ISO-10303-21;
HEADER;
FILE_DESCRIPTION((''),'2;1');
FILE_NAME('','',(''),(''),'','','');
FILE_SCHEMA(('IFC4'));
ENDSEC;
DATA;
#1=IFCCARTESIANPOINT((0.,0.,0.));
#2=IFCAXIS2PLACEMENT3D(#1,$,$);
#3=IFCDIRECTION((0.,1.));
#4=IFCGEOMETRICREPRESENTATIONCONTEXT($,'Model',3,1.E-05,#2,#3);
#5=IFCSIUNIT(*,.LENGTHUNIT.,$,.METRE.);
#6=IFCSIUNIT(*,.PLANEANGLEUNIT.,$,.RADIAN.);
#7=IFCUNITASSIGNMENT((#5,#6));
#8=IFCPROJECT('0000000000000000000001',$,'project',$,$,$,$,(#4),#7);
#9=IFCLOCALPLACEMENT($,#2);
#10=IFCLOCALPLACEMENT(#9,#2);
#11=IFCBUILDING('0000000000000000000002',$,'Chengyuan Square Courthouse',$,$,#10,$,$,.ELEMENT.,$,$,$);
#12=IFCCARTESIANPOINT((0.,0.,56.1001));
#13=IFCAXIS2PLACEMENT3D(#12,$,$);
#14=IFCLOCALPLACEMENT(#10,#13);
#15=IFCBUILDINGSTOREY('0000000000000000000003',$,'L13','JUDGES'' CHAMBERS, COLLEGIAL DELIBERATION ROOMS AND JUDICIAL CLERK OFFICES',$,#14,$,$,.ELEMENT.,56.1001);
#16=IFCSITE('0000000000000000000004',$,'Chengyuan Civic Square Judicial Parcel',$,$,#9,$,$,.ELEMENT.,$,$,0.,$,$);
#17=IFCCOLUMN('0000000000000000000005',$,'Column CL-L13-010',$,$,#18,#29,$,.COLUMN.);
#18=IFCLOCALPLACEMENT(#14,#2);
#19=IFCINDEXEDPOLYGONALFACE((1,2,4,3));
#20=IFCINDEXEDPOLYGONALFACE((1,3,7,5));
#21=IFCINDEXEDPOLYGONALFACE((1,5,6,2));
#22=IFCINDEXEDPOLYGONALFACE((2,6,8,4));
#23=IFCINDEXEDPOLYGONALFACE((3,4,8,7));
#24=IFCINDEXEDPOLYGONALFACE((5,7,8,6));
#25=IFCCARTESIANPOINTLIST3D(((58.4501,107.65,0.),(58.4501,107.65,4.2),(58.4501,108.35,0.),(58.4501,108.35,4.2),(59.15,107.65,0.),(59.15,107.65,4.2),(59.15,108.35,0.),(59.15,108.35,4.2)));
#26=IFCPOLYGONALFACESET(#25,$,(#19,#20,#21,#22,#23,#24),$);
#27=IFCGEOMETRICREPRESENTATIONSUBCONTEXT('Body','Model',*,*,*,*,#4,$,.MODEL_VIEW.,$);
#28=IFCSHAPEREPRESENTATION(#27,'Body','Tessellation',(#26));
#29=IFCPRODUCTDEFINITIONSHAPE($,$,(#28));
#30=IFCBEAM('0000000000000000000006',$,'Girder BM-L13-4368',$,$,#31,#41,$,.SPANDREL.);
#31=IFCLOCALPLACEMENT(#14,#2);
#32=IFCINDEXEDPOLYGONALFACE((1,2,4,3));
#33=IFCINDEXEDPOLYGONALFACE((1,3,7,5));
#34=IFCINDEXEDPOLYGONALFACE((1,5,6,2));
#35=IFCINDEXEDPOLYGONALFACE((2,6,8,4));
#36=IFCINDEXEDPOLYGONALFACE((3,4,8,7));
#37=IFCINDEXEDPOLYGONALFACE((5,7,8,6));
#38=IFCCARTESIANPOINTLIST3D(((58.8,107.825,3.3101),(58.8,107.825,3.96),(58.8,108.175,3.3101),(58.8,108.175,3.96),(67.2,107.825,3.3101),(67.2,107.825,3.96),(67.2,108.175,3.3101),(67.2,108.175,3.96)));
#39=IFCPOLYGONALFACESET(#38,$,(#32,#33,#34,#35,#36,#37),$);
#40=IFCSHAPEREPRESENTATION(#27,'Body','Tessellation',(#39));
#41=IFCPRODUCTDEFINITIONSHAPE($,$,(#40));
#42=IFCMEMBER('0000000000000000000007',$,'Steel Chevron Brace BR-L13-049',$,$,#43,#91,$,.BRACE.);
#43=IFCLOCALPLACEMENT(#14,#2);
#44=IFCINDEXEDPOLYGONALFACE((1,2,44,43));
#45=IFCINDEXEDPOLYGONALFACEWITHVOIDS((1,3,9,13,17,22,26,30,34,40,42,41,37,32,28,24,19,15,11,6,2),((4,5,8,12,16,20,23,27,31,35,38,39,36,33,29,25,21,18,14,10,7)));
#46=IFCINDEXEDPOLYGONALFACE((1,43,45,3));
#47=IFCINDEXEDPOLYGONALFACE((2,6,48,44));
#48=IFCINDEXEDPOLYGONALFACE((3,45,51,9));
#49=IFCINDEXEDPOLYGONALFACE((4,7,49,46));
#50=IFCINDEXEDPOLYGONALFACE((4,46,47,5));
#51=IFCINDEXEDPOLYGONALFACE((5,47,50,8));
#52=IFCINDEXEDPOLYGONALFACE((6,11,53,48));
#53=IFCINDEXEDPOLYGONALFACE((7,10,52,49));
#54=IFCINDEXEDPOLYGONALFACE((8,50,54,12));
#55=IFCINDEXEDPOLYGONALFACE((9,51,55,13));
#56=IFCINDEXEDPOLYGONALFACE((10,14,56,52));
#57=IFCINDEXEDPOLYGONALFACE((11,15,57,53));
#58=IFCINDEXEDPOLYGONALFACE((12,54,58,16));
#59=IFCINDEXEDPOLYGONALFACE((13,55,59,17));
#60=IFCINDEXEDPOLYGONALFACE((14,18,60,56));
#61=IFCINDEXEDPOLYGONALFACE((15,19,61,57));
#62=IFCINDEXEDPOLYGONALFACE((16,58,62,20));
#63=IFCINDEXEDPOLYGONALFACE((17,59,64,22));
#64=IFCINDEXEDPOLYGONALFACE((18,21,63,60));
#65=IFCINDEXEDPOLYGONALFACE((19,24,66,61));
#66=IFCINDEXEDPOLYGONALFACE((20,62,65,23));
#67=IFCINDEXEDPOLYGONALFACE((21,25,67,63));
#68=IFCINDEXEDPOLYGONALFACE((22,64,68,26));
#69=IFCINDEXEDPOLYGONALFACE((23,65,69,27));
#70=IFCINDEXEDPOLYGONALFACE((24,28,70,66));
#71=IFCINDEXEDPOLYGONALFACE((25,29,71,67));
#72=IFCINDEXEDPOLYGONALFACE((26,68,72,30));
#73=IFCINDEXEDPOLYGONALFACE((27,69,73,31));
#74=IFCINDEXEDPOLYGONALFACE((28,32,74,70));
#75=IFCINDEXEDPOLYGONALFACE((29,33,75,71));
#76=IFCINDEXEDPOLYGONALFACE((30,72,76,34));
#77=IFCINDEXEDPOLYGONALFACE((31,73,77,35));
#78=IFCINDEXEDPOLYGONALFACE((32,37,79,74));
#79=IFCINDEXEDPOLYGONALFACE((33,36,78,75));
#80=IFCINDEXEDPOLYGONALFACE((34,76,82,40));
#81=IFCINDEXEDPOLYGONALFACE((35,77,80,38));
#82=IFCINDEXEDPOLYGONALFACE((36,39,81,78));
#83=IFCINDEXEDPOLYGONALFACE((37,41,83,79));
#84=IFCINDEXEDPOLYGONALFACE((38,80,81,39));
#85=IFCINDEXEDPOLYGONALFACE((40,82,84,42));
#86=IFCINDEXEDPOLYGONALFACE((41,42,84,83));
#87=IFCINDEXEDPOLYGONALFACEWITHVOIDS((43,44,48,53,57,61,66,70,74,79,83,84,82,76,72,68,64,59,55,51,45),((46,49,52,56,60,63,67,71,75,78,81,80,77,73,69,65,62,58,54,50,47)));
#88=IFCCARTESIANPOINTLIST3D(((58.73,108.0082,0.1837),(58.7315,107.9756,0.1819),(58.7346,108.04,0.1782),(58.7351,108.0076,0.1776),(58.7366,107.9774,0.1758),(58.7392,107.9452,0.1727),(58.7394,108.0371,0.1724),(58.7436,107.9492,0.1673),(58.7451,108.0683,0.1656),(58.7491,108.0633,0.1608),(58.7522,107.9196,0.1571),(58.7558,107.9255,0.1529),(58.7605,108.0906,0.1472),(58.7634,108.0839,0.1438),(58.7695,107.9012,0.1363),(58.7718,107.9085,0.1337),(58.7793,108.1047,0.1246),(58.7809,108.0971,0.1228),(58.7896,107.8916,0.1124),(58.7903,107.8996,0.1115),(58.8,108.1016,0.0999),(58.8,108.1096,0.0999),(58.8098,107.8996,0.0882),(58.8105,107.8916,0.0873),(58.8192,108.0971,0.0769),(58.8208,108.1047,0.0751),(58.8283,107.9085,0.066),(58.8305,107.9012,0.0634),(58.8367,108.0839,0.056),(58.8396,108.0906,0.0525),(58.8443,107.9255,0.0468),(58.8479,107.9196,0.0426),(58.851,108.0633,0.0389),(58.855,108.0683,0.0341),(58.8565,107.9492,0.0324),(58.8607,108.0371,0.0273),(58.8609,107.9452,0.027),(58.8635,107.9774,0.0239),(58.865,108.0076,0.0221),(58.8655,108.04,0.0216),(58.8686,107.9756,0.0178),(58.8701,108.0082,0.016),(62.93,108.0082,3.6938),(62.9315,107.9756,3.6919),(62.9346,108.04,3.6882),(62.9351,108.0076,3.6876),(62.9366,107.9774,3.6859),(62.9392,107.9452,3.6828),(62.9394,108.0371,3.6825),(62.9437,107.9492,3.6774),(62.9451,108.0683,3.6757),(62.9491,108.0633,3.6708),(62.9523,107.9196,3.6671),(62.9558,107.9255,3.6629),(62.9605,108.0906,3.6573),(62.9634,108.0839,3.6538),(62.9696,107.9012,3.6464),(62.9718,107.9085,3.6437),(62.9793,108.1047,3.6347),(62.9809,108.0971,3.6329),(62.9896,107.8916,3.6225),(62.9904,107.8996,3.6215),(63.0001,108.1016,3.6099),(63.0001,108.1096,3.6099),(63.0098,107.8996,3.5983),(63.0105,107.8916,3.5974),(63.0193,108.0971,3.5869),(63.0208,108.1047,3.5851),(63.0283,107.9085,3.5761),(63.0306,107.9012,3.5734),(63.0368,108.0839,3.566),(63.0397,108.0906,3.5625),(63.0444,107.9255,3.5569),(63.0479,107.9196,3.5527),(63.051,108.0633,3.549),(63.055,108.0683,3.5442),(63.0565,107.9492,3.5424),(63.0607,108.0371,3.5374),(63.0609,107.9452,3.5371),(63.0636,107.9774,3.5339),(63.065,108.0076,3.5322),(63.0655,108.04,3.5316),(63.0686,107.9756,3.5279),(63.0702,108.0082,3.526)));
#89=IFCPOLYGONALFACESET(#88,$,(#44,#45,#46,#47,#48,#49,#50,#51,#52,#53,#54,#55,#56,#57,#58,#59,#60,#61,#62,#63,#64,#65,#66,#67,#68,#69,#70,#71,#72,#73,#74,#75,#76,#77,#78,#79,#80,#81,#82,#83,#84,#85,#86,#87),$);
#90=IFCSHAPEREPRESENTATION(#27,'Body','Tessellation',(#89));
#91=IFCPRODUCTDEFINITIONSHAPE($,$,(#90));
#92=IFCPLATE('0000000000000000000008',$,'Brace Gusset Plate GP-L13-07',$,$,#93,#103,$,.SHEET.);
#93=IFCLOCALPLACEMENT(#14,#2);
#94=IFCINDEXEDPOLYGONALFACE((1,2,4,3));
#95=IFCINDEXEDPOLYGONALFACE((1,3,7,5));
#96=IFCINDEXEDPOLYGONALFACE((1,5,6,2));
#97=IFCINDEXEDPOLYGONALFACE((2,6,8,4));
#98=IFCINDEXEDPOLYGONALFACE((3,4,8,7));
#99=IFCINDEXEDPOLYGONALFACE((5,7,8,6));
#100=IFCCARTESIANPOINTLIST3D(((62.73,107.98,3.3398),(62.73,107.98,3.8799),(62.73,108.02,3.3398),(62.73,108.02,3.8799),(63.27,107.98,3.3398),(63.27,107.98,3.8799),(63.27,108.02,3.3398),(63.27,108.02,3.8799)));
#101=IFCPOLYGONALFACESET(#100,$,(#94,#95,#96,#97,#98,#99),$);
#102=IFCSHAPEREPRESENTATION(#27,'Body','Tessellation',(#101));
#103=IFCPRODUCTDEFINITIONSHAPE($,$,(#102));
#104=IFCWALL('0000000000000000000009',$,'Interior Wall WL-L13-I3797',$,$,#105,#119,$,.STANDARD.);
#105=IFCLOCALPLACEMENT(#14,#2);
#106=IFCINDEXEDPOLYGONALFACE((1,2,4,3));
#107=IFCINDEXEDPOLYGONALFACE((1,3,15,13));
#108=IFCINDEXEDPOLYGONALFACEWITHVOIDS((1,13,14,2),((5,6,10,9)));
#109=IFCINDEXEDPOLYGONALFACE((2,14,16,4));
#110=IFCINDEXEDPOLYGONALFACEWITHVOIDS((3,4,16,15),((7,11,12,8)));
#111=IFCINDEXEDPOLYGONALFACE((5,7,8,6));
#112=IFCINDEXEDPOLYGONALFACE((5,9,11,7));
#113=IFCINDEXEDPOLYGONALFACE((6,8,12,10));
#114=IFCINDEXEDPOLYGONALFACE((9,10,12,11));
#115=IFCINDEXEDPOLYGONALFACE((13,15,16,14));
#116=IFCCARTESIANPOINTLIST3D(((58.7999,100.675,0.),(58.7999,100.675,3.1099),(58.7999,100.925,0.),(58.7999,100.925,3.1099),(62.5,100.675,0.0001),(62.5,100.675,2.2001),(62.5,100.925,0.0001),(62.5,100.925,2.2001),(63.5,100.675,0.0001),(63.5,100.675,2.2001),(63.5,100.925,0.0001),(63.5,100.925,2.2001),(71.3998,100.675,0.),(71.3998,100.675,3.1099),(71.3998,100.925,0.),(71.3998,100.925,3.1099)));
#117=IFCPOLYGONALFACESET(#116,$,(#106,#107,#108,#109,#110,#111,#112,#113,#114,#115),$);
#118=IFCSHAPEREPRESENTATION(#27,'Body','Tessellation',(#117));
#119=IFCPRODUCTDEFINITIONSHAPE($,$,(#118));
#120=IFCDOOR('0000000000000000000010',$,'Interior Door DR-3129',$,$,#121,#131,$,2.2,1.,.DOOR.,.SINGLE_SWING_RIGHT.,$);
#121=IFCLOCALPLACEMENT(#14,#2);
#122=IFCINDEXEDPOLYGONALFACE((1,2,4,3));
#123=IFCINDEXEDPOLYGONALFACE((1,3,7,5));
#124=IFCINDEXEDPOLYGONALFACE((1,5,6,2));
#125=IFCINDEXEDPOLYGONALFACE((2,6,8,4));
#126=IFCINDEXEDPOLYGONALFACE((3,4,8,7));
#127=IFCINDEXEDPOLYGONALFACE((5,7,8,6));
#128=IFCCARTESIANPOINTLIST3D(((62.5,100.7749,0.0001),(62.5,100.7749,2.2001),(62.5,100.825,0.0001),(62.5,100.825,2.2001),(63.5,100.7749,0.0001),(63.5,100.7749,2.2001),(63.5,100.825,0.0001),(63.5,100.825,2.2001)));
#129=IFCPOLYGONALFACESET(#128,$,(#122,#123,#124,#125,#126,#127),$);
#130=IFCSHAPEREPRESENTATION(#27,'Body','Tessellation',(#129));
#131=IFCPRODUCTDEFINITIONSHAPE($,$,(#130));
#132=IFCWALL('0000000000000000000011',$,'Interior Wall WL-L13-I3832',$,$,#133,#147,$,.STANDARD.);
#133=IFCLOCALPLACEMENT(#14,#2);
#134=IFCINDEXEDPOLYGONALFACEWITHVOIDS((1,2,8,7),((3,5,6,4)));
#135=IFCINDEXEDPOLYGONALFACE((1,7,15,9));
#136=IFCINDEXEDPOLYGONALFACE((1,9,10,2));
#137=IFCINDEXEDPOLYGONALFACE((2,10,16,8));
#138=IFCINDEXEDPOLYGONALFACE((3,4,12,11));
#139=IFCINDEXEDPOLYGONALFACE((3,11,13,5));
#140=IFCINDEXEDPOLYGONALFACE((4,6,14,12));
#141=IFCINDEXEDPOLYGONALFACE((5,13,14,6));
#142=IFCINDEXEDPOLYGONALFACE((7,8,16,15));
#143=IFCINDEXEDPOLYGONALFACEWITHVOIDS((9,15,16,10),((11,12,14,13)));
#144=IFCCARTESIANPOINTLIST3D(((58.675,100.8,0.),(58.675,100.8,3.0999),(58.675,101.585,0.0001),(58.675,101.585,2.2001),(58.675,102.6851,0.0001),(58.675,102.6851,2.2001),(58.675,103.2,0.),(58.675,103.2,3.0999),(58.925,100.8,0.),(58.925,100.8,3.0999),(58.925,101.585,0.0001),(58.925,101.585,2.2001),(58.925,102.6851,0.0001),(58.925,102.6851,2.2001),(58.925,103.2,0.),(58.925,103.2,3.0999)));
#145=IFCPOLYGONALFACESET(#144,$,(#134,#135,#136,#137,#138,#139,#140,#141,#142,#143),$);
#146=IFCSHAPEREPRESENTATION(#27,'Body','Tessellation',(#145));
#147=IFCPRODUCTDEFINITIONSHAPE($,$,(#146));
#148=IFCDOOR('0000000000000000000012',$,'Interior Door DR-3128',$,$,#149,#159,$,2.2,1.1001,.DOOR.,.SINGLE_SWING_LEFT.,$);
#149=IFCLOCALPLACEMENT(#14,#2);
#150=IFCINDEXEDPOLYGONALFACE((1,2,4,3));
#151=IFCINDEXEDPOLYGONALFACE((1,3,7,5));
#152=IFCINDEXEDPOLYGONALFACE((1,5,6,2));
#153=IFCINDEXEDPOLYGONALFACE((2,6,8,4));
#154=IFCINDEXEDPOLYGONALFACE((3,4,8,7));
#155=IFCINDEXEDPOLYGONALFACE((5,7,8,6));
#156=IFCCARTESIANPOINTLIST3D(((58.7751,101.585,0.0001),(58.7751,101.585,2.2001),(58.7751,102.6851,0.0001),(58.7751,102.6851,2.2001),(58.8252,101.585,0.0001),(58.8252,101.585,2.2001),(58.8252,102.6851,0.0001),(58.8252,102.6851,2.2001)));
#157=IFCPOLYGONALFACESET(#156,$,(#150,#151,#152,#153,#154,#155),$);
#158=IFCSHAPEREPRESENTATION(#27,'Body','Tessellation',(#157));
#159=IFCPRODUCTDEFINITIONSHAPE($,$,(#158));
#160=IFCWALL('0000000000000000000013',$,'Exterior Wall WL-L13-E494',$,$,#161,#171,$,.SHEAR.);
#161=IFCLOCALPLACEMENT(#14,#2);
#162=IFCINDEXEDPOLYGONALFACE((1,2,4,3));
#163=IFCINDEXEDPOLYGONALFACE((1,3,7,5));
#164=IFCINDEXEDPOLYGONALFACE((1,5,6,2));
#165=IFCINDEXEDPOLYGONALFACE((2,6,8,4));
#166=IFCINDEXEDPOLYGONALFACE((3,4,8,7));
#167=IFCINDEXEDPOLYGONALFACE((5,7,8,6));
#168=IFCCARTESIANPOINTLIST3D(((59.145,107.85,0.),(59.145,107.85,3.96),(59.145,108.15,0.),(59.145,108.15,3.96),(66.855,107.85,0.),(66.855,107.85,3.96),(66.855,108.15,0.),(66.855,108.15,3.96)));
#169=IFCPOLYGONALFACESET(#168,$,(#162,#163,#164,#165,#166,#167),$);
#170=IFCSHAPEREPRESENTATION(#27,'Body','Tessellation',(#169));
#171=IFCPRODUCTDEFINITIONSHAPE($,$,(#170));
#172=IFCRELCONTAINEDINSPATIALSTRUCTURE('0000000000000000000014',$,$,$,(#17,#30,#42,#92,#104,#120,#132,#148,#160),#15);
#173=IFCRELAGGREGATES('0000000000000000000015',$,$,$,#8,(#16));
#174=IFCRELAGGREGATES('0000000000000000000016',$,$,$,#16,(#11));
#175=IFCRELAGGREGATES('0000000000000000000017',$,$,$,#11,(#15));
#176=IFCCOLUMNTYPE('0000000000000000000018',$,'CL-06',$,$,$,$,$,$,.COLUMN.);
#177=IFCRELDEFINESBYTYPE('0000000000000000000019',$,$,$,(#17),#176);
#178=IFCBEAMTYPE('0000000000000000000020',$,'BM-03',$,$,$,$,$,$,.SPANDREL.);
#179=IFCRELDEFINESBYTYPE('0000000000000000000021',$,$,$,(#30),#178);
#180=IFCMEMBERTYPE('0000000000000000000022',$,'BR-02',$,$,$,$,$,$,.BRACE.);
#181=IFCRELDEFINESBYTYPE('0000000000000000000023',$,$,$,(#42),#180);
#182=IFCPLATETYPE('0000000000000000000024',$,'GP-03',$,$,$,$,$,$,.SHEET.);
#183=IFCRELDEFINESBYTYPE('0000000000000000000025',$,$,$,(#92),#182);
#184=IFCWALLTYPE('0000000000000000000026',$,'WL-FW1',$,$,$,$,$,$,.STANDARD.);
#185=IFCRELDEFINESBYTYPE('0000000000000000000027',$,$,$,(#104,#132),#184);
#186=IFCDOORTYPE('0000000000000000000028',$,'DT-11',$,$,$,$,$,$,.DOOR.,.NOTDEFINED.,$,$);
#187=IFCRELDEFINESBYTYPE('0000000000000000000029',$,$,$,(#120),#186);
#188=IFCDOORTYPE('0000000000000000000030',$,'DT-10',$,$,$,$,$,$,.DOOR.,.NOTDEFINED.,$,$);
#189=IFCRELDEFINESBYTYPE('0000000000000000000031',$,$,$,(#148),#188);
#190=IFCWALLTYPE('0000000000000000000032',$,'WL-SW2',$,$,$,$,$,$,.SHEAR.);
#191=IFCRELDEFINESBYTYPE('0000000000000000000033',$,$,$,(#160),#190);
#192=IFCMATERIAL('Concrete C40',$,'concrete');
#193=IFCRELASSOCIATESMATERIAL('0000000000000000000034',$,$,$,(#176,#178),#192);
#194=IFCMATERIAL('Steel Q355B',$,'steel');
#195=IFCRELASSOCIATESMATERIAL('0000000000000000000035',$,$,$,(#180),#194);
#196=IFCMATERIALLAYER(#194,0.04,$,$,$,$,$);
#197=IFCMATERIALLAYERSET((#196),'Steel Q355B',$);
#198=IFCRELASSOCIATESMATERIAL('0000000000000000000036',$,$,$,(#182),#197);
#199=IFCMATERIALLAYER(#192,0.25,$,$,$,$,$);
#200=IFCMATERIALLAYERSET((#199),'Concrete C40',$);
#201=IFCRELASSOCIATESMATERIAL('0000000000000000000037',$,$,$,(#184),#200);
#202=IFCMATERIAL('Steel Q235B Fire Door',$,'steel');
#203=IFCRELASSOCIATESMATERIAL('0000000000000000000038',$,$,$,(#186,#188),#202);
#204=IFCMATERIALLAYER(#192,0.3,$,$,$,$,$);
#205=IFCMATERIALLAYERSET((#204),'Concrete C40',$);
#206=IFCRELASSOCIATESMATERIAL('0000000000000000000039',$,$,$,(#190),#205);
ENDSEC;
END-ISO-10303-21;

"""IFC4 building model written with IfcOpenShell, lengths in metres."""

from ifc_helpers import new_model, si_unit, direction, frame, frame_2d, origin, origin_2d, place, context, subcontext, project, spatial, rectangle, hollow_circle, extrude, material, layer, layer_set, material_profile, profile_set, type_object, element, fill, save


model = new_model("IFC4")

# Units and contexts
model_context = context("Model", 3, precision=1e-05, world=origin(), true_north=direction((0.0, 1.0)))
body_context = subcontext(model_context, "Body", "Model", "MODEL_VIEW")
ifc_project = project(units=[si_unit("LENGTHUNIT", "METRE"), si_unit("PLANEANGLEUNIT", "RADIAN")], contexts=[model_context])

# Site, building, storey
site_placement = place(None, origin())
site = spatial("IfcSite", under=ifc_project, at=site_placement, Name="Chengyuan Civic Square Judicial Parcel", CompositionType="ELEMENT", RefElevation=0.0)
building_placement = place(site_placement, origin())
building = spatial("IfcBuilding", under=site, at=building_placement, Name="Chengyuan Square Courthouse", CompositionType="ELEMENT")
storey_placement = place(building_placement, frame((0.0, 0.0, 56.1001)))
storey = spatial("IfcBuildingStorey", under=building, at=storey_placement, Name="L13", Description="JUDGES' CHAMBERS, COLLEGIAL DELIBERATION ROOMS AND JUDICIAL CLERK OFFICES", CompositionType="ELEMENT", Elevation=56.1001)

# Column
ifc_material_1 = material(Name="Concrete C40", Category="concrete")
ifc_material_profile_1 = material_profile(ifc_material_1, rectangle(XDim=0.7, YDim=0.7, at=origin_2d()), Name="RC-COL-700x700")
ifc_profile_set_1 = profile_set([ifc_material_profile_1], Name="Concrete C40")
column_type = type_object("IfcColumnType", Name="CL-06", PredefinedType="COLUMN", material=ifc_profile_set_1)
column_placement = place(storey_placement, frame((58.8, 108.0, 0.0), z_axis=(0.0, 0.0, 1.0), x_axis=(1.0, 0.0, 0.0)))
element("IfcColumn", 1, at=column_placement, inside=storey, type_object=column_type, Name="Column CL-L13-010", PredefinedType="COLUMN", context=body_context, shape_type="SweptSolid", body=[
    extrude(rectangle(XDim=0.7, YDim=0.7, at=origin_2d()), origin(), (0.0, 0.0, 1.0), 4.2),
])

# Beam
ifc_material_profile_2 = material_profile(ifc_material_1, rectangle(XDim=0.3501, YDim=0.6499, at=origin_2d()), Name="RC-BM-350x650")
ifc_profile_set_2 = profile_set([ifc_material_profile_2], Name="Concrete C40")
beam_type = type_object("IfcBeamType", Name="BM-03", PredefinedType="SPANDREL", material=ifc_profile_set_2)
beam_placement = place(storey_placement, frame((58.8, 108.0, 3.635), z_axis=(1.0, 0.0, 0.0), x_axis=(0.0, 1.0, 0.0)))
element("IfcBeam", 2, at=beam_placement, inside=storey, type_object=beam_type, Name="Girder BM-L13-4368", PredefinedType="SPANDREL", context=body_context, shape_type="SweptSolid", body=[
    extrude(rectangle(XDim=0.3501, YDim=0.6499, at=origin_2d()), origin(), (0.0, 0.0, 1.0), 8.3999),
])

# Member
ifc_material_2 = material(Name="Steel Q355B", Category="steel")
ifc_material_profile_3 = material_profile(ifc_material_2, hollow_circle(Radius=0.1096, WallThickness=0.0081, at=origin_2d()), Name="CHS 219x8")
ifc_profile_set_3 = profile_set([ifc_material_profile_3], Name="Steel Q355B")
member_type = type_object("IfcMemberType", Name="BR-02", PredefinedType="BRACE", material=ifc_profile_set_3)
member_placement = place(storey_placement, frame((58.8, 108.0, 0.0999), z_axis=(0.767317, 0.0, 0.641267), x_axis=(0.0, 1.0, 0.0)))
element("IfcMember", 3, at=member_placement, inside=storey, type_object=member_type, Name="Steel Chevron Brace BR-L13-049", PredefinedType="BRACE", context=body_context, shape_type="SweptSolid", body=[
    extrude(hollow_circle(Radius=0.1096, WallThickness=0.0081, at=origin_2d()), origin(), (0.0, 0.0, 1.0), 5.4736),
])

# Plate
ifc_layer_1 = layer(ifc_material_2, 0.04)
ifc_layer_set_1 = layer_set([ifc_layer_1], Name="Steel Q355B")
plate_type = type_object("IfcPlateType", Name="GP-03", PredefinedType="SHEET", material=ifc_layer_set_1)
plate_placement = place(storey_placement, frame((63.0, 108.0, 3.3398), z_axis=(0.0, 0.0, 1.0), x_axis=(1.0, 0.0, 0.0)))
element("IfcPlate", 4, at=plate_placement, inside=storey, type_object=plate_type, Name="Brace Gusset Plate GP-L13-07", PredefinedType="SHEET", context=body_context, shape_type="SweptSolid", body=[
    extrude(rectangle(XDim=0.54, YDim=0.04, at=origin_2d()), origin(), (0.0, 0.0, 1.0), 0.54),
])

# Walls, openings, doors
ifc_layer_2 = layer(ifc_material_1, 0.25)
ifc_layer_set_2 = layer_set([ifc_layer_2], Name="Concrete C40")
wall_type_1 = type_object("IfcWallType", Name="WL-FW1", PredefinedType="STANDARD", material=ifc_layer_set_2)
wall_1_placement = place(storey_placement, frame((58.8, 100.8, 0.0), z_axis=(0.0, 0.0, 1.0), x_axis=(1.0, 0.0, 0.0)))
wall_1 = element("IfcWall", 5, at=wall_1_placement, inside=storey, type_object=wall_type_1, Name="Interior Wall WL-L13-I3797", PredefinedType="STANDARD", context=body_context, shape_type="SweptSolid", body=[
    extrude(rectangle(XDim=12.5999, YDim=0.25, at=frame_2d((6.2998, 0.0))), origin(), (0.0, 0.0, 1.0), 3.1099),
])
opening_1_placement = place(wall_1_placement, frame((3.7, 0.0, 0.0)))
opening_1 = element("IfcOpeningElement", 6, at=opening_1_placement, cuts=wall_1, PredefinedType="OPENING", context=body_context, shape_type="SweptSolid", body=[
    extrude(rectangle(XDim=1.0, YDim=2.2, at=frame_2d((0.5, 1.1001))), frame((0.0, 0.137, 0.0), z_axis=(0.0, -1.0, 0.0), x_axis=(1.0, 0.0, 0.0)), (0.0, 0.0, 1.0), 0.2739),
])
ifc_material_3 = material(Name="Steel Q235B Fire Door", Category="steel")
door_type_1 = type_object("IfcDoorType", Name="DT-11", OperationType="NOTDEFINED", PredefinedType="DOOR", material=ifc_material_3)
door_1_placement = place(opening_1_placement, origin())
door_1 = element("IfcDoor", 7, at=door_1_placement, inside=storey, type_object=door_type_1, Name="Interior Door DR-3129", OperationType="SINGLE_SWING_RIGHT", OverallHeight=2.2, OverallWidth=1.0, PredefinedType="DOOR", context=body_context, shape_type="SweptSolid", body=[
    extrude(rectangle(XDim=1.0, YDim=2.2, at=frame_2d((0.5, 1.1001))), frame((0.0, 0.0249, 0.0), z_axis=(0.0, -1.0, 0.0), x_axis=(1.0, 0.0, 0.0)), (0.0, 0.0, 1.0), 0.05),
])
fill(opening_1, door_1)
wall_2_placement = place(storey_placement, frame((58.8, 100.8, 0.0), z_axis=(0.0, 0.0, 1.0), x_axis=(0.0, 1.0, 0.0)))
wall_2 = element("IfcWall", 8, at=wall_2_placement, inside=storey, type_object=wall_type_1, Name="Interior Wall WL-L13-I3832", PredefinedType="STANDARD", context=body_context, shape_type="SweptSolid", body=[
    extrude(rectangle(XDim=2.3999, YDim=0.25, at=frame_2d((1.2, 0.0))), origin(), (0.0, 0.0, 1.0), 3.0999),
])
opening_2_placement = place(wall_2_placement, frame((0.7849, 0.0, 0.0)))
opening_2 = element("IfcOpeningElement", 9, at=opening_2_placement, cuts=wall_2, PredefinedType="OPENING", context=body_context, shape_type="SweptSolid", body=[
    extrude(rectangle(XDim=1.1001, YDim=2.2, at=frame_2d((0.55, 1.1001))), frame((0.0, 0.137, 0.0), z_axis=(0.0, -1.0, 0.0), x_axis=(1.0, 0.0, 0.0)), (0.0, 0.0, 1.0), 0.2739),
])
door_type_2 = type_object("IfcDoorType", Name="DT-10", OperationType="NOTDEFINED", PredefinedType="DOOR", material=ifc_material_3)
door_2_placement = place(opening_2_placement, origin())
door_2 = element("IfcDoor", 10, at=door_2_placement, inside=storey, type_object=door_type_2, Name="Interior Door DR-3128", OperationType="SINGLE_SWING_LEFT", OverallHeight=2.2, OverallWidth=1.1001, PredefinedType="DOOR", context=body_context, shape_type="SweptSolid", body=[
    extrude(rectangle(XDim=1.1001, YDim=2.2, at=frame_2d((0.55, 1.1001))), frame((0.0, 0.0249, 0.0), z_axis=(0.0, -1.0, 0.0), x_axis=(1.0, 0.0, 0.0)), (0.0, 0.0, 1.0), 0.05),
])
fill(opening_2, door_2)

# Wall
ifc_layer_3 = layer(ifc_material_1, 0.3)
ifc_layer_set_3 = layer_set([ifc_layer_3], Name="Concrete C40")
wall_type_2 = type_object("IfcWallType", Name="WL-SW2", PredefinedType="SHEAR", material=ifc_layer_set_3)
wall_3_placement = place(storey_placement, frame((59.145, 108.0, 0.0), z_axis=(0.0, 0.0, 1.0), x_axis=(1.0, 0.0, 0.0)))
element("IfcWall", 11, at=wall_3_placement, inside=storey, type_object=wall_type_2, Name="Exterior Wall WL-L13-E494", PredefinedType="SHEAR", context=body_context, shape_type="SweptSolid", body=[
    extrude(rectangle(XDim=7.71, YDim=0.3, at=frame_2d((3.855, 0.0))), origin(), (0.0, 0.0, 1.0), 3.96),
])

save(model, "model.ifc")
